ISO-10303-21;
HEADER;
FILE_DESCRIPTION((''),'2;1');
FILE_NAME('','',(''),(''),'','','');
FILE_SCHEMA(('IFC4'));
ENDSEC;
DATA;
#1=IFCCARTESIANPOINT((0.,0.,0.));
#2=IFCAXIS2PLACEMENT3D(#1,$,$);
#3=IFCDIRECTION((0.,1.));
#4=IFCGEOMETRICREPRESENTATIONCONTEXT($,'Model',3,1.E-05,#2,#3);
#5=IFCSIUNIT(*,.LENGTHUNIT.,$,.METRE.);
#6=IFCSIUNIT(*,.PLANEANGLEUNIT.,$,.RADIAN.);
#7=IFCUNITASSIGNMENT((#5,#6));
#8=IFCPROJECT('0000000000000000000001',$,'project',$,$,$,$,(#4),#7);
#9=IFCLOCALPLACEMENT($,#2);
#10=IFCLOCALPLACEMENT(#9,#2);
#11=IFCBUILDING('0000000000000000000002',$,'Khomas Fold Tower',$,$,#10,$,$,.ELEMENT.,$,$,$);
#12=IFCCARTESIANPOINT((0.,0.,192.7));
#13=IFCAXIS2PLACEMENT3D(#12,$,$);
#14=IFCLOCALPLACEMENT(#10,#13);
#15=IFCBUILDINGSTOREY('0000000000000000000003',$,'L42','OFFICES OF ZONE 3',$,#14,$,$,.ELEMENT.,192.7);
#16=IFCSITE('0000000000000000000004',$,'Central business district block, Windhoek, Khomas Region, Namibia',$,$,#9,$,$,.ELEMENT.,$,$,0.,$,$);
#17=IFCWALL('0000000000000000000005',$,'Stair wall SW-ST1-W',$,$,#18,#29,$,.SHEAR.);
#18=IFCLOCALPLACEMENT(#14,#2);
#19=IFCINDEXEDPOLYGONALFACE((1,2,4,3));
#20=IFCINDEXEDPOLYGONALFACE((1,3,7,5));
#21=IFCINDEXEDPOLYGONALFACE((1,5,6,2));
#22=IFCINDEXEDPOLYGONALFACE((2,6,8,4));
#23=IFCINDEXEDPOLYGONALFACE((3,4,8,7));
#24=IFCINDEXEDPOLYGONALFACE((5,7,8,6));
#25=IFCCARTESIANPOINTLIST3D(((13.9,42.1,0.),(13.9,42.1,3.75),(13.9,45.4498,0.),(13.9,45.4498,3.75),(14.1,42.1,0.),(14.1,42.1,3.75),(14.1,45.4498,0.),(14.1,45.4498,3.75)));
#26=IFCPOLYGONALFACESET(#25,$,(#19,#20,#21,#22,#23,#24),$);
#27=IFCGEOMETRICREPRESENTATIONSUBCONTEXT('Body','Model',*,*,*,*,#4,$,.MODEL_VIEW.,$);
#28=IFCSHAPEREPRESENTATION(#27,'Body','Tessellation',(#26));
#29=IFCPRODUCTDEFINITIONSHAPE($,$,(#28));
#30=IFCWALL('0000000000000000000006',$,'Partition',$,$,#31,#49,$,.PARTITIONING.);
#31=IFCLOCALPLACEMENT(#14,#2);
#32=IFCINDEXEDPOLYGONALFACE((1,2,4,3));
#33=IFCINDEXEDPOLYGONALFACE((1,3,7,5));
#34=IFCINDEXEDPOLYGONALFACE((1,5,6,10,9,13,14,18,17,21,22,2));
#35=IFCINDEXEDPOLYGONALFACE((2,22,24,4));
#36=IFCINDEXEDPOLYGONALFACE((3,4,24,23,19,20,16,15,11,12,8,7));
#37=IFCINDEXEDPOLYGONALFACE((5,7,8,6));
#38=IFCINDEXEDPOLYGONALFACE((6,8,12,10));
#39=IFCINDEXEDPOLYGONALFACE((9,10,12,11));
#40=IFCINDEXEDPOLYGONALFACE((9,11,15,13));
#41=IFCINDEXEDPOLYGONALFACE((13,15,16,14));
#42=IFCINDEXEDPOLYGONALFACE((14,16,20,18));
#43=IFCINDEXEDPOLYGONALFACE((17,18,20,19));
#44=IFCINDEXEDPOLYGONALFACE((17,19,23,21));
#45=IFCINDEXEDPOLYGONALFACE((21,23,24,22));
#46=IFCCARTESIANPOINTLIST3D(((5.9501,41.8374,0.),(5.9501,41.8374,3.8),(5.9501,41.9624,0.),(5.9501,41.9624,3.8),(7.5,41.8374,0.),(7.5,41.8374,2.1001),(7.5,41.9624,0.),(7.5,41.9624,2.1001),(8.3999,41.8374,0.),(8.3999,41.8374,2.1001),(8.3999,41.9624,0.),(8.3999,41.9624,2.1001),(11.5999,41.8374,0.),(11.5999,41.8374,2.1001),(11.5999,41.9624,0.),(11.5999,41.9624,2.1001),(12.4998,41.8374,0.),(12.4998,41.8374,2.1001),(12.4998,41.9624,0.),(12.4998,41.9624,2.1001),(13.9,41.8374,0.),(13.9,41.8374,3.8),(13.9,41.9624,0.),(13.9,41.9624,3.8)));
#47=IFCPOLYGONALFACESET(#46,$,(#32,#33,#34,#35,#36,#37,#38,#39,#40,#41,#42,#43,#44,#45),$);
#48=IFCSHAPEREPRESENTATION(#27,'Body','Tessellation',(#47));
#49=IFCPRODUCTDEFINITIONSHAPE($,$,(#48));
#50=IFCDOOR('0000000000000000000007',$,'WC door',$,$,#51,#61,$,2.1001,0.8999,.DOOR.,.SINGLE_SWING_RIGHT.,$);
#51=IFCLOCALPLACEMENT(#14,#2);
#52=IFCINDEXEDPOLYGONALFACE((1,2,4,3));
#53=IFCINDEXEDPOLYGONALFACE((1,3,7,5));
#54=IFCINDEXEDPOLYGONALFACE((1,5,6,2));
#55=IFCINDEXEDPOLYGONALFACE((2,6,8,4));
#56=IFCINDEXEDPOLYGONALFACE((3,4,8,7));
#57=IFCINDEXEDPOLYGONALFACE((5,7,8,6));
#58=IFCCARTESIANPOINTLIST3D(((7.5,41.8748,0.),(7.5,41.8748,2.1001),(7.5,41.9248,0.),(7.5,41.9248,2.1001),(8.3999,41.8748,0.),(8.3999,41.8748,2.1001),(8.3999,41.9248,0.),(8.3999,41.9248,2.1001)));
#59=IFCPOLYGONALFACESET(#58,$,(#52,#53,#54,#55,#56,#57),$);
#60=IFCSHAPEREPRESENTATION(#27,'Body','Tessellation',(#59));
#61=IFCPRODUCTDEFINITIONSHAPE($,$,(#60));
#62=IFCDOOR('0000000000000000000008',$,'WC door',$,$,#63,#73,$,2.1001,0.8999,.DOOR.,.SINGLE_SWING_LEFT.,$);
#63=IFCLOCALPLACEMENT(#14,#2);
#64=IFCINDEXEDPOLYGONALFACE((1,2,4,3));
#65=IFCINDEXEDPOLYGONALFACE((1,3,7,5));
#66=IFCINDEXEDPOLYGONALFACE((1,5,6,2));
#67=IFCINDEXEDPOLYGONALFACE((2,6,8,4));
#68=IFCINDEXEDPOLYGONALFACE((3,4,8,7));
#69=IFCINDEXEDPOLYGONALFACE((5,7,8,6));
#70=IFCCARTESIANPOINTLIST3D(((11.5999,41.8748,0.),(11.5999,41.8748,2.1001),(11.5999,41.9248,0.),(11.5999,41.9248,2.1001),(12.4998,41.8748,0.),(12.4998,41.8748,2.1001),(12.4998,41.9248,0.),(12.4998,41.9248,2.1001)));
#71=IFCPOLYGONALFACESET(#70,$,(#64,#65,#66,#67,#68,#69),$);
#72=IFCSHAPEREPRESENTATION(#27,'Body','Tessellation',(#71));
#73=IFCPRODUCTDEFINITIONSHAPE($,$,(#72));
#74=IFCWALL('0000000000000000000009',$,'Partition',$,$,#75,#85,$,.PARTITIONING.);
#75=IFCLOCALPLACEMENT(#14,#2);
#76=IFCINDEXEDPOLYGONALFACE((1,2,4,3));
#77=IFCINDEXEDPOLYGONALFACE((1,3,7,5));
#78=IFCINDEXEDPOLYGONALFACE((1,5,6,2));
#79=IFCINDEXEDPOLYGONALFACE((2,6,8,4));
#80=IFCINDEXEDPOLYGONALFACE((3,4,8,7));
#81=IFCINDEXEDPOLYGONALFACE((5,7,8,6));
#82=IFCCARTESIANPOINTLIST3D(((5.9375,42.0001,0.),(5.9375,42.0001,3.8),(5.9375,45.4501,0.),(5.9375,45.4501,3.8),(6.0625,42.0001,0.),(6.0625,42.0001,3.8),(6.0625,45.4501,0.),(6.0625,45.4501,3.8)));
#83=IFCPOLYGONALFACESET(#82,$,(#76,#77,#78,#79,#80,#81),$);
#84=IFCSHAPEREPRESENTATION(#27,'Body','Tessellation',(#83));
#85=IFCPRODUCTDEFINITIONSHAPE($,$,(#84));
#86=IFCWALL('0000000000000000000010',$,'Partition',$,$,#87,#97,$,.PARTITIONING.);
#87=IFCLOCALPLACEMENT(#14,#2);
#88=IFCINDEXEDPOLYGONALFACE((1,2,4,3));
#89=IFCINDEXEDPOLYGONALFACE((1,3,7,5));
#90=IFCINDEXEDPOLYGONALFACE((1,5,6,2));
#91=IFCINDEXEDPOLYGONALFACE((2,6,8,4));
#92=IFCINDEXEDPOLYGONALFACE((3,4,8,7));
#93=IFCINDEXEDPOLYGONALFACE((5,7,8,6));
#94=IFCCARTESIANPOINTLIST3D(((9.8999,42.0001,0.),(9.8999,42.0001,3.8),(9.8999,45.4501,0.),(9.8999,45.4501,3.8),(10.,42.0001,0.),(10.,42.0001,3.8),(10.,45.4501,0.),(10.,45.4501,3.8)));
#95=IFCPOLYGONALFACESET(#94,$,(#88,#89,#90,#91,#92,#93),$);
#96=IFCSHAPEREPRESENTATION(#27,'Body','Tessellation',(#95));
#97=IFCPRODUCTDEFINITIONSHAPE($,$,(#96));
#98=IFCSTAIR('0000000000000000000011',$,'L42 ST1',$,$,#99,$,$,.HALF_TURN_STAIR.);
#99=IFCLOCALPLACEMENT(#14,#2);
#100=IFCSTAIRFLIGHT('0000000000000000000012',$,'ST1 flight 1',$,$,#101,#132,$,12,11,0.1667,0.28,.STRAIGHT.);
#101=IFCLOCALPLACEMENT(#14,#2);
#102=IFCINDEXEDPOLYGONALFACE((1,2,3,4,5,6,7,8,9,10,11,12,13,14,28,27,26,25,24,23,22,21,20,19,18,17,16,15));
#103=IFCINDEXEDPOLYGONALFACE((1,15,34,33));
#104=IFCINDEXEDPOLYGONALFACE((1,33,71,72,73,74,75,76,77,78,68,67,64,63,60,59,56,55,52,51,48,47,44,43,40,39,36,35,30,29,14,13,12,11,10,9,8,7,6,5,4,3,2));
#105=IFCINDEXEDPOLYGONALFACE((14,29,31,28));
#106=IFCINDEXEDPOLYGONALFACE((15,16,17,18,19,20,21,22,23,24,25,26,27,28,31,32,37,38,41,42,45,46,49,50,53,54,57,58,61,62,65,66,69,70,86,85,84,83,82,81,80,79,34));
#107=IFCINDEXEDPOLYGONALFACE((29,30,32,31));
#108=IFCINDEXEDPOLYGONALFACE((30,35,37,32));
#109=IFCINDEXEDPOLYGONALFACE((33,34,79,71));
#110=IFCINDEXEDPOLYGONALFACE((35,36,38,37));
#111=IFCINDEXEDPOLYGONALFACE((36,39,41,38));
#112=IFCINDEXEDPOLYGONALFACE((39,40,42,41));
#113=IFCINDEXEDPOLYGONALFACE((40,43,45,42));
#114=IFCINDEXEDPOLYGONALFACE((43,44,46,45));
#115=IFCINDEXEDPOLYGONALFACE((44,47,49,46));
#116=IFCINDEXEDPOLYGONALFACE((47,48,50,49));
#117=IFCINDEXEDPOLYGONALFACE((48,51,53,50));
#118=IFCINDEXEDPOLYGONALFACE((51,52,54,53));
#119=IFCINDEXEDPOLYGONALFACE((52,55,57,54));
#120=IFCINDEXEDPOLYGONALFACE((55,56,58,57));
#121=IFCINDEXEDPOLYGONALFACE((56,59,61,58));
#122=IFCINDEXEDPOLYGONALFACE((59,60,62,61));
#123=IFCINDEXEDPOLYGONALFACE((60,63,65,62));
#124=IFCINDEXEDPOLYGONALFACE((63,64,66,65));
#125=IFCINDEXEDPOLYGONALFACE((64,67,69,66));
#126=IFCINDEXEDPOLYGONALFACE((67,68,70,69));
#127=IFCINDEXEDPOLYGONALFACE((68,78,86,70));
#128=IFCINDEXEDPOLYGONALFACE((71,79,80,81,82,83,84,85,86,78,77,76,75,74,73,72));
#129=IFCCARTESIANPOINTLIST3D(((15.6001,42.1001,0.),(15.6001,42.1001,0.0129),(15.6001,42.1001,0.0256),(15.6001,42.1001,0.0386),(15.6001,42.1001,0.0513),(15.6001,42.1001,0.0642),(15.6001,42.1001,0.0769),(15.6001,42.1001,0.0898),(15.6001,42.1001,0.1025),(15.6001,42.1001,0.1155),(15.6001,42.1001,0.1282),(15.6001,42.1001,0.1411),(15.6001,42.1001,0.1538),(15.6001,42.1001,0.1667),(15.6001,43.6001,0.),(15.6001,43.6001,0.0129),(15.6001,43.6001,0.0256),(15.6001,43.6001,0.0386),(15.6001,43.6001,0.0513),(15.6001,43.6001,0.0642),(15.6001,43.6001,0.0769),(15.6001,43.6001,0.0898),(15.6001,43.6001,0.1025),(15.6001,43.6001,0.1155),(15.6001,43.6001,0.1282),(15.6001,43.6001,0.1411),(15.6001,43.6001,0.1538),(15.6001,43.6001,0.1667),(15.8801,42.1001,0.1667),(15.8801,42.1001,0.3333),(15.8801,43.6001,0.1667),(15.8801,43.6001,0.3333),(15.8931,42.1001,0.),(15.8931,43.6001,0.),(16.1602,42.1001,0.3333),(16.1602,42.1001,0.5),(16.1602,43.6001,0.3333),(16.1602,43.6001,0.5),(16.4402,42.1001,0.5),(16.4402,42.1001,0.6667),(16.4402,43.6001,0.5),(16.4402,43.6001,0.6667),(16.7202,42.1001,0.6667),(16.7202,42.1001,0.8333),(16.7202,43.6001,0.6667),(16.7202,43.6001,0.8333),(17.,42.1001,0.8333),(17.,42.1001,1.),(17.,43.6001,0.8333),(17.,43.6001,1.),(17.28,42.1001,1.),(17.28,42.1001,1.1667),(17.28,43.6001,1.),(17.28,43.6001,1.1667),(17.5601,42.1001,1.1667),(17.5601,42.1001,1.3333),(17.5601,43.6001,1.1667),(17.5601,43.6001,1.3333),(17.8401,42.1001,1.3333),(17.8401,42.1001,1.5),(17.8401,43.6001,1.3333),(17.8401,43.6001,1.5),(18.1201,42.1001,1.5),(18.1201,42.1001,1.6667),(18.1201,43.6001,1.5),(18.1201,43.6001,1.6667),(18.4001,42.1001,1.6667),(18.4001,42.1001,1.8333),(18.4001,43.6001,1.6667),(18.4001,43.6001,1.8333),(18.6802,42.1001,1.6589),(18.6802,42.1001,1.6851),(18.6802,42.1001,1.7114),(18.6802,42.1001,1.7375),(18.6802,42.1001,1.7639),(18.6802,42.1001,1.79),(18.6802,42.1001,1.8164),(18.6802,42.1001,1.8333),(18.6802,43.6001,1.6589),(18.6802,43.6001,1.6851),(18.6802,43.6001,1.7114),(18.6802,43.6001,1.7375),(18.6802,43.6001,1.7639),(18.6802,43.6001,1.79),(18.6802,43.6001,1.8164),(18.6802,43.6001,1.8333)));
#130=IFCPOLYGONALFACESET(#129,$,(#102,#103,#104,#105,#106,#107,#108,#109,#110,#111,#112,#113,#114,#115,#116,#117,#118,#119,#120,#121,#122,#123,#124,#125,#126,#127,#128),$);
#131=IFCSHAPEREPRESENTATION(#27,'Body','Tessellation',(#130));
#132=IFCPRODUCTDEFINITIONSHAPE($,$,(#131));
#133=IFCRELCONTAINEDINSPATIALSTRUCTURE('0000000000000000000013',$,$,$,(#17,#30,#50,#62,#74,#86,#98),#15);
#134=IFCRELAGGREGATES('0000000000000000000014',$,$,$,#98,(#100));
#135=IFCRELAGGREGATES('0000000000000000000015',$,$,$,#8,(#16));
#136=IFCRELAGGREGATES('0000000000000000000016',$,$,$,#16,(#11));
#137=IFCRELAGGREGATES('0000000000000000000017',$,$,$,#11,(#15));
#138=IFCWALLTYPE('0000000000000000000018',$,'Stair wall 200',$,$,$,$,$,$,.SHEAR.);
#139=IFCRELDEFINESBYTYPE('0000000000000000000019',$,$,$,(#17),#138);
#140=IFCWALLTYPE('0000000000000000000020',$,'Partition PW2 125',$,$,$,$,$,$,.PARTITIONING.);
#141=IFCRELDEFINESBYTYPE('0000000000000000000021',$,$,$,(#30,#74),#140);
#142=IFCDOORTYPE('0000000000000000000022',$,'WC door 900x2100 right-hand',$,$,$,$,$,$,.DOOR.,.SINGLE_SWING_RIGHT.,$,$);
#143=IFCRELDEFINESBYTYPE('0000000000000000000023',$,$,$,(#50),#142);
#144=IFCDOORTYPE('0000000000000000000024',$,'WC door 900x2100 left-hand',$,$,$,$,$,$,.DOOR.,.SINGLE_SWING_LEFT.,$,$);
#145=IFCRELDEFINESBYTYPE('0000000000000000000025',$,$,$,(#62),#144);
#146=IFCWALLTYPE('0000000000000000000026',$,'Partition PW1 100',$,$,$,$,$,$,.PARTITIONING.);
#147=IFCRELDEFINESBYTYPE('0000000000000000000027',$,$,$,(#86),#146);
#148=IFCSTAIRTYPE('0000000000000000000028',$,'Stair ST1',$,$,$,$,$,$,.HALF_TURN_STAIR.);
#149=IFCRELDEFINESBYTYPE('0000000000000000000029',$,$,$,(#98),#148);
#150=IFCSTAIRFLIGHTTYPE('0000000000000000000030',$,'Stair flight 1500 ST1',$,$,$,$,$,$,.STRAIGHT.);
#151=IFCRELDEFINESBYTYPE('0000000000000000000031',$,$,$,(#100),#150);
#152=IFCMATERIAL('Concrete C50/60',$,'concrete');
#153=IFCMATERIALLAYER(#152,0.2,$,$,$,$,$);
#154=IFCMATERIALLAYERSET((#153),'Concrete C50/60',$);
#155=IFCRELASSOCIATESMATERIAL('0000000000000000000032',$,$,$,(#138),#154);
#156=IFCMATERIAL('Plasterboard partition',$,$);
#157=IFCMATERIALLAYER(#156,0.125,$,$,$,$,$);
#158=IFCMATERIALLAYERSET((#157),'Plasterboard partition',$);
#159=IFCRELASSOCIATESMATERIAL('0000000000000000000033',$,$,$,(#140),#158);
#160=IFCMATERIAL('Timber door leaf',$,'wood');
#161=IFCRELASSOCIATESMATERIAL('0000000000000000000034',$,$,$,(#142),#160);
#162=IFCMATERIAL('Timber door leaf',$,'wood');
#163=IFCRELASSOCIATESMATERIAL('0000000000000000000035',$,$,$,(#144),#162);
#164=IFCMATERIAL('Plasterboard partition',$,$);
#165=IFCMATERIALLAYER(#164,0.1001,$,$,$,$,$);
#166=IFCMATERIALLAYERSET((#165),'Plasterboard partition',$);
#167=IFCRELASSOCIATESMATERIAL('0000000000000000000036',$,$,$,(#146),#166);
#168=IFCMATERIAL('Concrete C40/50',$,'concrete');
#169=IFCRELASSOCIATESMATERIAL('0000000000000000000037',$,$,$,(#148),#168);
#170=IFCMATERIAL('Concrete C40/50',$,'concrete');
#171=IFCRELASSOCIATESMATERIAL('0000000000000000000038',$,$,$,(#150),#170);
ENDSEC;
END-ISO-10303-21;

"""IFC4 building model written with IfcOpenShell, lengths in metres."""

from ifc_helpers import new_model, si_unit, direction, frame, frame_2d, origin, place, context, subcontext, project, spatial, polyline, rectangle, outline, extrude, source, transform, mapped, material, layer, layer_set, type_object, element, fill, aggregate, save


model = new_model("IFC4")

# Units and contexts
model_context = context("Model", 3, precision=1e-05, world=origin(), true_north=direction((0.0, 1.0)))
body_context = subcontext(model_context, "Body", "Model", "MODEL_VIEW")
ifc_project = project(units=[si_unit("LENGTHUNIT", "METRE"), si_unit("PLANEANGLEUNIT", "RADIAN")], contexts=[model_context])

# Site, building, storey
site_placement = place(None, origin())
site = spatial("IfcSite", under=ifc_project, at=site_placement, Name="Central business district block, Windhoek, Khomas Region, Namibia", CompositionType="ELEMENT", RefElevation=0.0)
building_placement = place(site_placement, origin())
building = spatial("IfcBuilding", under=site, at=building_placement, Name="Khomas Fold Tower", CompositionType="ELEMENT")
storey_placement = place(building_placement, frame((0.0, 0.0, 192.7)))
storey = spatial("IfcBuildingStorey", under=building, at=storey_placement, Name="L42", Description="OFFICES OF ZONE 3", CompositionType="ELEMENT", Elevation=192.7)

# Wall
ifc_material_1 = material(Name="Concrete C50/60", Category="concrete")
ifc_layer_1 = layer(ifc_material_1, 0.2)
ifc_layer_set_1 = layer_set([ifc_layer_1], Name="Concrete C50/60")
wall_type_1 = type_object("IfcWallType", Name="Stair wall 200", PredefinedType="SHEAR", material=ifc_layer_set_1)
shared_shape_1 = source(origin(), body_context, "Body", "SweptSolid", [
    extrude(rectangle(XDim=3.3499, YDim=0.2, at=frame_2d((1.6748, 0.0))), origin(), (0.0, 0.0, 1.0), 3.75),
])
wall_1_placement = place(storey_placement, frame((14.0, 42.1001, 0.0), z_axis=(0.0, 0.0, 1.0), x_axis=(0.0, 1.0, 0.0)))
element("IfcWall", 1, at=wall_1_placement, inside=storey, type_object=wall_type_1, Name="Stair wall SW-ST1-W", PredefinedType="SHEAR", context=body_context, shape_type="MappedRepresentation", body=[
    mapped(shared_shape_1, transform((0.0, 0.0, 0.0))),
])

# Wall, openings, doors
ifc_material_2 = material(Name="Plasterboard partition")
ifc_layer_2 = layer(ifc_material_2, 0.125)
ifc_layer_set_2 = layer_set([ifc_layer_2], Name="Plasterboard partition")
wall_type_2 = type_object("IfcWallType", Name="Partition PW2 125", PredefinedType="PARTITIONING", material=ifc_layer_set_2)
shared_shape_2 = source(origin(), body_context, "Body", "SweptSolid", [
    extrude(rectangle(XDim=7.95, YDim=0.125, at=frame_2d((3.9751, 0.0))), origin(), (0.0, 0.0, 1.0), 3.8),
])
wall_2_placement = place(storey_placement, frame((5.95, 41.8999, 0.0), z_axis=(0.0, 0.0, 1.0), x_axis=(1.0, 0.0, 0.0)))
wall_2 = element("IfcWall", 2, at=wall_2_placement, inside=storey, type_object=wall_type_2, Name="Partition", PredefinedType="PARTITIONING", context=body_context, shape_type="MappedRepresentation", body=[
    mapped(shared_shape_2, transform((0.0, 0.0, 0.0))),
])
shared_shape_3 = source(origin(), body_context, "Body", "SweptSolid", [
    extrude(rectangle(XDim=0.8999, YDim=2.1001, at=frame_2d((0.45, 1.05))), frame((0.0, 0.0725, 0.0), z_axis=(0.0, -1.0, 0.0), x_axis=(1.0, 0.0, 0.0)), (0.0, 0.0, 1.0), 0.145),
])
opening_1_placement = place(wall_2_placement, frame((1.55, 0.0, 0.0)))
opening_1 = element("IfcOpeningElement", 3, at=opening_1_placement, cuts=wall_2, PredefinedType="OPENING", context=body_context, shape_type="MappedRepresentation", body=[
    mapped(shared_shape_3, transform((0.0, 0.0, 0.0))),
])
opening_2_placement = place(wall_2_placement, frame((5.6499, 0.0, 0.0)))
opening_2 = element("IfcOpeningElement", 4, at=opening_2_placement, cuts=wall_2, PredefinedType="OPENING", context=body_context, shape_type="MappedRepresentation", body=[
    mapped(shared_shape_3, transform((0.0, 0.0, 0.0))),
])
ifc_material_3 = material(Name="Timber door leaf", Category="wood")
door_type_1 = type_object("IfcDoorType", Name="WC door 900x2100 right-hand", OperationType="SINGLE_SWING_RIGHT", PredefinedType="DOOR", material=ifc_material_3)
shared_shape_4 = source(origin(), body_context, "Body", "SweptSolid", [
    extrude(rectangle(XDim=0.8999, YDim=2.1001, at=frame_2d((0.45, 1.05))), frame((0.0, 0.0249, 0.0), z_axis=(0.0, -1.0, 0.0), x_axis=(1.0, 0.0, 0.0)), (0.0, 0.0, 1.0), 0.05),
])
door_1_placement = place(opening_1_placement, origin())
door_1 = element("IfcDoor", 5, at=door_1_placement, inside=storey, type_object=door_type_1, Name="WC door", OperationType="SINGLE_SWING_RIGHT", OverallHeight=2.1001, OverallWidth=0.8999, PredefinedType="DOOR", context=body_context, shape_type="MappedRepresentation", body=[
    mapped(shared_shape_4, transform((0.0, 0.0, 0.0))),
])
fill(opening_1, door_1)
ifc_material_4 = material(Name="Timber door leaf", Category="wood")
door_type_2 = type_object("IfcDoorType", Name="WC door 900x2100 left-hand", OperationType="SINGLE_SWING_LEFT", PredefinedType="DOOR", material=ifc_material_4)
door_2_placement = place(opening_2_placement, origin())
door_2 = element("IfcDoor", 6, at=door_2_placement, inside=storey, type_object=door_type_2, Name="WC door", OperationType="SINGLE_SWING_LEFT", OverallHeight=2.1001, OverallWidth=0.8999, PredefinedType="DOOR", context=body_context, shape_type="MappedRepresentation", body=[
    mapped(shared_shape_4, transform((0.0, 0.0, 0.0))),
])
fill(opening_2, door_2)

# Walls
shared_shape_5 = source(origin(), body_context, "Body", "SweptSolid", [
    extrude(rectangle(XDim=3.45, YDim=0.125, at=frame_2d((1.7251, 0.0))), origin(), (0.0, 0.0, 1.0), 3.8),
])
wall_3_placement = place(storey_placement, frame((6.0, 42.0, 0.0), z_axis=(0.0, 0.0, 1.0), x_axis=(0.0, 1.0, 0.0)))
element("IfcWall", 7, at=wall_3_placement, inside=storey, type_object=wall_type_2, Name="Partition", PredefinedType="PARTITIONING", context=body_context, shape_type="MappedRepresentation", body=[
    mapped(shared_shape_5, transform((0.0, 0.0, 0.0))),
])
ifc_material_5 = material(Name="Plasterboard partition")
ifc_layer_3 = layer(ifc_material_5, 0.1001)
ifc_layer_set_3 = layer_set([ifc_layer_3], Name="Plasterboard partition")
wall_type_3 = type_object("IfcWallType", Name="Partition PW1 100", PredefinedType="PARTITIONING", material=ifc_layer_set_3)
shared_shape_6 = source(origin(), body_context, "Body", "SweptSolid", [
    extrude(rectangle(XDim=3.45, YDim=0.1001, at=frame_2d((1.7251, 0.0))), origin(), (0.0, 0.0, 1.0), 3.8),
])
wall_4_placement = place(storey_placement, frame((9.95, 42.0, 0.0), z_axis=(0.0, 0.0, 1.0), x_axis=(0.0, 1.0, 0.0)))
element("IfcWall", 8, at=wall_4_placement, inside=storey, type_object=wall_type_3, Name="Partition", PredefinedType="PARTITIONING", context=body_context, shape_type="MappedRepresentation", body=[
    mapped(shared_shape_6, transform((0.0, 0.0, 0.0))),
])

# Stair, stair flight
ifc_material_6 = material(Name="Concrete C40/50", Category="concrete")
stair_type = type_object("IfcStairType", Name="Stair ST1", PredefinedType="HALF_TURN_STAIR", material=ifc_material_6)
stair_placement = place(storey_placement, origin())
stair = element("IfcStair", 9, at=stair_placement, inside=storey, type_object=stair_type, Name="L42 ST1", PredefinedType="HALF_TURN_STAIR")
ifc_material_7 = material(Name="Concrete C40/50", Category="concrete")
stair_flight_type = type_object("IfcStairFlightType", Name="Stair flight 1500 ST1", PredefinedType="STRAIGHT", material=ifc_material_7)
shared_shape_7 = source(origin(), body_context, "Body", "SweptSolid", [
    extrude(outline(polyline([(0.0, 0.0), (0.0, 0.0129), (0.0, 0.0256), (0.0, 0.0386), (0.0, 0.0513), (0.0, 0.0642), (0.0, 0.0769), (0.0, 0.0898), (0.0, 0.1025), (0.0, 0.1155), (0.0, 0.1282), (0.0, 0.1411), (0.0, 0.1538), (0.0, 0.1667), (0.28, 0.1667), (0.28, 0.3333), (0.5601, 0.3333), (0.5601, 0.5), (0.8401, 0.5), (0.8401, 0.6667), (1.1201, 0.6667), (1.1201, 0.8333), (1.3999, 0.8333), (1.3999, 1.0), (1.6799, 1.0), (1.6799, 1.1667), (1.96, 1.1667), (1.96, 1.3333), (2.24, 1.3333), (2.24, 1.5), (2.52, 1.5), (2.52, 1.6667), (2.8, 1.6667), (2.8, 1.8333), (3.0801, 1.8333), (3.0801, 2.0), (3.0801, 1.9739), (3.0801, 1.9475), (3.0801, 1.9214), (3.0801, 1.895), (3.0801, 1.8689), (3.0801, 1.8425), (3.0801, 1.8164), (3.0801, 1.79), (3.0801, 1.7639), (3.0801, 1.7375), (3.0801, 1.7114), (3.0801, 1.6851), (3.0801, 1.6589), (0.293, 0.0), (0.0, 0.0)])), frame((0.0, 0.75, 0.0), z_axis=(0.0, -1.0, 0.0), x_axis=(1.0, 0.0, 0.0)), (0.0, 0.0, 1.0), 1.5),
])
stair_flight_1_placement = place(storey_placement, frame((15.6001, 42.8501, 0.0), z_axis=(0.0, 0.0, 1.0), x_axis=(1.0, 0.0, 0.0)))
stair_flight_1 = element("IfcStairFlight", 10, at=stair_flight_1_placement, type_object=stair_flight_type, Name="ST1 flight 1", NumberOfRisers=12, NumberOfTreads=11, PredefinedType="STRAIGHT", RiserHeight=0.1667, TreadLength=0.28, context=body_context, shape_type="MappedRepresentation", body=[
    mapped(shared_shape_7, transform((0.0, 0.0, 0.0))),
])
aggregate(stair, [stair_flight_1])

save(model, "model.ifc")
